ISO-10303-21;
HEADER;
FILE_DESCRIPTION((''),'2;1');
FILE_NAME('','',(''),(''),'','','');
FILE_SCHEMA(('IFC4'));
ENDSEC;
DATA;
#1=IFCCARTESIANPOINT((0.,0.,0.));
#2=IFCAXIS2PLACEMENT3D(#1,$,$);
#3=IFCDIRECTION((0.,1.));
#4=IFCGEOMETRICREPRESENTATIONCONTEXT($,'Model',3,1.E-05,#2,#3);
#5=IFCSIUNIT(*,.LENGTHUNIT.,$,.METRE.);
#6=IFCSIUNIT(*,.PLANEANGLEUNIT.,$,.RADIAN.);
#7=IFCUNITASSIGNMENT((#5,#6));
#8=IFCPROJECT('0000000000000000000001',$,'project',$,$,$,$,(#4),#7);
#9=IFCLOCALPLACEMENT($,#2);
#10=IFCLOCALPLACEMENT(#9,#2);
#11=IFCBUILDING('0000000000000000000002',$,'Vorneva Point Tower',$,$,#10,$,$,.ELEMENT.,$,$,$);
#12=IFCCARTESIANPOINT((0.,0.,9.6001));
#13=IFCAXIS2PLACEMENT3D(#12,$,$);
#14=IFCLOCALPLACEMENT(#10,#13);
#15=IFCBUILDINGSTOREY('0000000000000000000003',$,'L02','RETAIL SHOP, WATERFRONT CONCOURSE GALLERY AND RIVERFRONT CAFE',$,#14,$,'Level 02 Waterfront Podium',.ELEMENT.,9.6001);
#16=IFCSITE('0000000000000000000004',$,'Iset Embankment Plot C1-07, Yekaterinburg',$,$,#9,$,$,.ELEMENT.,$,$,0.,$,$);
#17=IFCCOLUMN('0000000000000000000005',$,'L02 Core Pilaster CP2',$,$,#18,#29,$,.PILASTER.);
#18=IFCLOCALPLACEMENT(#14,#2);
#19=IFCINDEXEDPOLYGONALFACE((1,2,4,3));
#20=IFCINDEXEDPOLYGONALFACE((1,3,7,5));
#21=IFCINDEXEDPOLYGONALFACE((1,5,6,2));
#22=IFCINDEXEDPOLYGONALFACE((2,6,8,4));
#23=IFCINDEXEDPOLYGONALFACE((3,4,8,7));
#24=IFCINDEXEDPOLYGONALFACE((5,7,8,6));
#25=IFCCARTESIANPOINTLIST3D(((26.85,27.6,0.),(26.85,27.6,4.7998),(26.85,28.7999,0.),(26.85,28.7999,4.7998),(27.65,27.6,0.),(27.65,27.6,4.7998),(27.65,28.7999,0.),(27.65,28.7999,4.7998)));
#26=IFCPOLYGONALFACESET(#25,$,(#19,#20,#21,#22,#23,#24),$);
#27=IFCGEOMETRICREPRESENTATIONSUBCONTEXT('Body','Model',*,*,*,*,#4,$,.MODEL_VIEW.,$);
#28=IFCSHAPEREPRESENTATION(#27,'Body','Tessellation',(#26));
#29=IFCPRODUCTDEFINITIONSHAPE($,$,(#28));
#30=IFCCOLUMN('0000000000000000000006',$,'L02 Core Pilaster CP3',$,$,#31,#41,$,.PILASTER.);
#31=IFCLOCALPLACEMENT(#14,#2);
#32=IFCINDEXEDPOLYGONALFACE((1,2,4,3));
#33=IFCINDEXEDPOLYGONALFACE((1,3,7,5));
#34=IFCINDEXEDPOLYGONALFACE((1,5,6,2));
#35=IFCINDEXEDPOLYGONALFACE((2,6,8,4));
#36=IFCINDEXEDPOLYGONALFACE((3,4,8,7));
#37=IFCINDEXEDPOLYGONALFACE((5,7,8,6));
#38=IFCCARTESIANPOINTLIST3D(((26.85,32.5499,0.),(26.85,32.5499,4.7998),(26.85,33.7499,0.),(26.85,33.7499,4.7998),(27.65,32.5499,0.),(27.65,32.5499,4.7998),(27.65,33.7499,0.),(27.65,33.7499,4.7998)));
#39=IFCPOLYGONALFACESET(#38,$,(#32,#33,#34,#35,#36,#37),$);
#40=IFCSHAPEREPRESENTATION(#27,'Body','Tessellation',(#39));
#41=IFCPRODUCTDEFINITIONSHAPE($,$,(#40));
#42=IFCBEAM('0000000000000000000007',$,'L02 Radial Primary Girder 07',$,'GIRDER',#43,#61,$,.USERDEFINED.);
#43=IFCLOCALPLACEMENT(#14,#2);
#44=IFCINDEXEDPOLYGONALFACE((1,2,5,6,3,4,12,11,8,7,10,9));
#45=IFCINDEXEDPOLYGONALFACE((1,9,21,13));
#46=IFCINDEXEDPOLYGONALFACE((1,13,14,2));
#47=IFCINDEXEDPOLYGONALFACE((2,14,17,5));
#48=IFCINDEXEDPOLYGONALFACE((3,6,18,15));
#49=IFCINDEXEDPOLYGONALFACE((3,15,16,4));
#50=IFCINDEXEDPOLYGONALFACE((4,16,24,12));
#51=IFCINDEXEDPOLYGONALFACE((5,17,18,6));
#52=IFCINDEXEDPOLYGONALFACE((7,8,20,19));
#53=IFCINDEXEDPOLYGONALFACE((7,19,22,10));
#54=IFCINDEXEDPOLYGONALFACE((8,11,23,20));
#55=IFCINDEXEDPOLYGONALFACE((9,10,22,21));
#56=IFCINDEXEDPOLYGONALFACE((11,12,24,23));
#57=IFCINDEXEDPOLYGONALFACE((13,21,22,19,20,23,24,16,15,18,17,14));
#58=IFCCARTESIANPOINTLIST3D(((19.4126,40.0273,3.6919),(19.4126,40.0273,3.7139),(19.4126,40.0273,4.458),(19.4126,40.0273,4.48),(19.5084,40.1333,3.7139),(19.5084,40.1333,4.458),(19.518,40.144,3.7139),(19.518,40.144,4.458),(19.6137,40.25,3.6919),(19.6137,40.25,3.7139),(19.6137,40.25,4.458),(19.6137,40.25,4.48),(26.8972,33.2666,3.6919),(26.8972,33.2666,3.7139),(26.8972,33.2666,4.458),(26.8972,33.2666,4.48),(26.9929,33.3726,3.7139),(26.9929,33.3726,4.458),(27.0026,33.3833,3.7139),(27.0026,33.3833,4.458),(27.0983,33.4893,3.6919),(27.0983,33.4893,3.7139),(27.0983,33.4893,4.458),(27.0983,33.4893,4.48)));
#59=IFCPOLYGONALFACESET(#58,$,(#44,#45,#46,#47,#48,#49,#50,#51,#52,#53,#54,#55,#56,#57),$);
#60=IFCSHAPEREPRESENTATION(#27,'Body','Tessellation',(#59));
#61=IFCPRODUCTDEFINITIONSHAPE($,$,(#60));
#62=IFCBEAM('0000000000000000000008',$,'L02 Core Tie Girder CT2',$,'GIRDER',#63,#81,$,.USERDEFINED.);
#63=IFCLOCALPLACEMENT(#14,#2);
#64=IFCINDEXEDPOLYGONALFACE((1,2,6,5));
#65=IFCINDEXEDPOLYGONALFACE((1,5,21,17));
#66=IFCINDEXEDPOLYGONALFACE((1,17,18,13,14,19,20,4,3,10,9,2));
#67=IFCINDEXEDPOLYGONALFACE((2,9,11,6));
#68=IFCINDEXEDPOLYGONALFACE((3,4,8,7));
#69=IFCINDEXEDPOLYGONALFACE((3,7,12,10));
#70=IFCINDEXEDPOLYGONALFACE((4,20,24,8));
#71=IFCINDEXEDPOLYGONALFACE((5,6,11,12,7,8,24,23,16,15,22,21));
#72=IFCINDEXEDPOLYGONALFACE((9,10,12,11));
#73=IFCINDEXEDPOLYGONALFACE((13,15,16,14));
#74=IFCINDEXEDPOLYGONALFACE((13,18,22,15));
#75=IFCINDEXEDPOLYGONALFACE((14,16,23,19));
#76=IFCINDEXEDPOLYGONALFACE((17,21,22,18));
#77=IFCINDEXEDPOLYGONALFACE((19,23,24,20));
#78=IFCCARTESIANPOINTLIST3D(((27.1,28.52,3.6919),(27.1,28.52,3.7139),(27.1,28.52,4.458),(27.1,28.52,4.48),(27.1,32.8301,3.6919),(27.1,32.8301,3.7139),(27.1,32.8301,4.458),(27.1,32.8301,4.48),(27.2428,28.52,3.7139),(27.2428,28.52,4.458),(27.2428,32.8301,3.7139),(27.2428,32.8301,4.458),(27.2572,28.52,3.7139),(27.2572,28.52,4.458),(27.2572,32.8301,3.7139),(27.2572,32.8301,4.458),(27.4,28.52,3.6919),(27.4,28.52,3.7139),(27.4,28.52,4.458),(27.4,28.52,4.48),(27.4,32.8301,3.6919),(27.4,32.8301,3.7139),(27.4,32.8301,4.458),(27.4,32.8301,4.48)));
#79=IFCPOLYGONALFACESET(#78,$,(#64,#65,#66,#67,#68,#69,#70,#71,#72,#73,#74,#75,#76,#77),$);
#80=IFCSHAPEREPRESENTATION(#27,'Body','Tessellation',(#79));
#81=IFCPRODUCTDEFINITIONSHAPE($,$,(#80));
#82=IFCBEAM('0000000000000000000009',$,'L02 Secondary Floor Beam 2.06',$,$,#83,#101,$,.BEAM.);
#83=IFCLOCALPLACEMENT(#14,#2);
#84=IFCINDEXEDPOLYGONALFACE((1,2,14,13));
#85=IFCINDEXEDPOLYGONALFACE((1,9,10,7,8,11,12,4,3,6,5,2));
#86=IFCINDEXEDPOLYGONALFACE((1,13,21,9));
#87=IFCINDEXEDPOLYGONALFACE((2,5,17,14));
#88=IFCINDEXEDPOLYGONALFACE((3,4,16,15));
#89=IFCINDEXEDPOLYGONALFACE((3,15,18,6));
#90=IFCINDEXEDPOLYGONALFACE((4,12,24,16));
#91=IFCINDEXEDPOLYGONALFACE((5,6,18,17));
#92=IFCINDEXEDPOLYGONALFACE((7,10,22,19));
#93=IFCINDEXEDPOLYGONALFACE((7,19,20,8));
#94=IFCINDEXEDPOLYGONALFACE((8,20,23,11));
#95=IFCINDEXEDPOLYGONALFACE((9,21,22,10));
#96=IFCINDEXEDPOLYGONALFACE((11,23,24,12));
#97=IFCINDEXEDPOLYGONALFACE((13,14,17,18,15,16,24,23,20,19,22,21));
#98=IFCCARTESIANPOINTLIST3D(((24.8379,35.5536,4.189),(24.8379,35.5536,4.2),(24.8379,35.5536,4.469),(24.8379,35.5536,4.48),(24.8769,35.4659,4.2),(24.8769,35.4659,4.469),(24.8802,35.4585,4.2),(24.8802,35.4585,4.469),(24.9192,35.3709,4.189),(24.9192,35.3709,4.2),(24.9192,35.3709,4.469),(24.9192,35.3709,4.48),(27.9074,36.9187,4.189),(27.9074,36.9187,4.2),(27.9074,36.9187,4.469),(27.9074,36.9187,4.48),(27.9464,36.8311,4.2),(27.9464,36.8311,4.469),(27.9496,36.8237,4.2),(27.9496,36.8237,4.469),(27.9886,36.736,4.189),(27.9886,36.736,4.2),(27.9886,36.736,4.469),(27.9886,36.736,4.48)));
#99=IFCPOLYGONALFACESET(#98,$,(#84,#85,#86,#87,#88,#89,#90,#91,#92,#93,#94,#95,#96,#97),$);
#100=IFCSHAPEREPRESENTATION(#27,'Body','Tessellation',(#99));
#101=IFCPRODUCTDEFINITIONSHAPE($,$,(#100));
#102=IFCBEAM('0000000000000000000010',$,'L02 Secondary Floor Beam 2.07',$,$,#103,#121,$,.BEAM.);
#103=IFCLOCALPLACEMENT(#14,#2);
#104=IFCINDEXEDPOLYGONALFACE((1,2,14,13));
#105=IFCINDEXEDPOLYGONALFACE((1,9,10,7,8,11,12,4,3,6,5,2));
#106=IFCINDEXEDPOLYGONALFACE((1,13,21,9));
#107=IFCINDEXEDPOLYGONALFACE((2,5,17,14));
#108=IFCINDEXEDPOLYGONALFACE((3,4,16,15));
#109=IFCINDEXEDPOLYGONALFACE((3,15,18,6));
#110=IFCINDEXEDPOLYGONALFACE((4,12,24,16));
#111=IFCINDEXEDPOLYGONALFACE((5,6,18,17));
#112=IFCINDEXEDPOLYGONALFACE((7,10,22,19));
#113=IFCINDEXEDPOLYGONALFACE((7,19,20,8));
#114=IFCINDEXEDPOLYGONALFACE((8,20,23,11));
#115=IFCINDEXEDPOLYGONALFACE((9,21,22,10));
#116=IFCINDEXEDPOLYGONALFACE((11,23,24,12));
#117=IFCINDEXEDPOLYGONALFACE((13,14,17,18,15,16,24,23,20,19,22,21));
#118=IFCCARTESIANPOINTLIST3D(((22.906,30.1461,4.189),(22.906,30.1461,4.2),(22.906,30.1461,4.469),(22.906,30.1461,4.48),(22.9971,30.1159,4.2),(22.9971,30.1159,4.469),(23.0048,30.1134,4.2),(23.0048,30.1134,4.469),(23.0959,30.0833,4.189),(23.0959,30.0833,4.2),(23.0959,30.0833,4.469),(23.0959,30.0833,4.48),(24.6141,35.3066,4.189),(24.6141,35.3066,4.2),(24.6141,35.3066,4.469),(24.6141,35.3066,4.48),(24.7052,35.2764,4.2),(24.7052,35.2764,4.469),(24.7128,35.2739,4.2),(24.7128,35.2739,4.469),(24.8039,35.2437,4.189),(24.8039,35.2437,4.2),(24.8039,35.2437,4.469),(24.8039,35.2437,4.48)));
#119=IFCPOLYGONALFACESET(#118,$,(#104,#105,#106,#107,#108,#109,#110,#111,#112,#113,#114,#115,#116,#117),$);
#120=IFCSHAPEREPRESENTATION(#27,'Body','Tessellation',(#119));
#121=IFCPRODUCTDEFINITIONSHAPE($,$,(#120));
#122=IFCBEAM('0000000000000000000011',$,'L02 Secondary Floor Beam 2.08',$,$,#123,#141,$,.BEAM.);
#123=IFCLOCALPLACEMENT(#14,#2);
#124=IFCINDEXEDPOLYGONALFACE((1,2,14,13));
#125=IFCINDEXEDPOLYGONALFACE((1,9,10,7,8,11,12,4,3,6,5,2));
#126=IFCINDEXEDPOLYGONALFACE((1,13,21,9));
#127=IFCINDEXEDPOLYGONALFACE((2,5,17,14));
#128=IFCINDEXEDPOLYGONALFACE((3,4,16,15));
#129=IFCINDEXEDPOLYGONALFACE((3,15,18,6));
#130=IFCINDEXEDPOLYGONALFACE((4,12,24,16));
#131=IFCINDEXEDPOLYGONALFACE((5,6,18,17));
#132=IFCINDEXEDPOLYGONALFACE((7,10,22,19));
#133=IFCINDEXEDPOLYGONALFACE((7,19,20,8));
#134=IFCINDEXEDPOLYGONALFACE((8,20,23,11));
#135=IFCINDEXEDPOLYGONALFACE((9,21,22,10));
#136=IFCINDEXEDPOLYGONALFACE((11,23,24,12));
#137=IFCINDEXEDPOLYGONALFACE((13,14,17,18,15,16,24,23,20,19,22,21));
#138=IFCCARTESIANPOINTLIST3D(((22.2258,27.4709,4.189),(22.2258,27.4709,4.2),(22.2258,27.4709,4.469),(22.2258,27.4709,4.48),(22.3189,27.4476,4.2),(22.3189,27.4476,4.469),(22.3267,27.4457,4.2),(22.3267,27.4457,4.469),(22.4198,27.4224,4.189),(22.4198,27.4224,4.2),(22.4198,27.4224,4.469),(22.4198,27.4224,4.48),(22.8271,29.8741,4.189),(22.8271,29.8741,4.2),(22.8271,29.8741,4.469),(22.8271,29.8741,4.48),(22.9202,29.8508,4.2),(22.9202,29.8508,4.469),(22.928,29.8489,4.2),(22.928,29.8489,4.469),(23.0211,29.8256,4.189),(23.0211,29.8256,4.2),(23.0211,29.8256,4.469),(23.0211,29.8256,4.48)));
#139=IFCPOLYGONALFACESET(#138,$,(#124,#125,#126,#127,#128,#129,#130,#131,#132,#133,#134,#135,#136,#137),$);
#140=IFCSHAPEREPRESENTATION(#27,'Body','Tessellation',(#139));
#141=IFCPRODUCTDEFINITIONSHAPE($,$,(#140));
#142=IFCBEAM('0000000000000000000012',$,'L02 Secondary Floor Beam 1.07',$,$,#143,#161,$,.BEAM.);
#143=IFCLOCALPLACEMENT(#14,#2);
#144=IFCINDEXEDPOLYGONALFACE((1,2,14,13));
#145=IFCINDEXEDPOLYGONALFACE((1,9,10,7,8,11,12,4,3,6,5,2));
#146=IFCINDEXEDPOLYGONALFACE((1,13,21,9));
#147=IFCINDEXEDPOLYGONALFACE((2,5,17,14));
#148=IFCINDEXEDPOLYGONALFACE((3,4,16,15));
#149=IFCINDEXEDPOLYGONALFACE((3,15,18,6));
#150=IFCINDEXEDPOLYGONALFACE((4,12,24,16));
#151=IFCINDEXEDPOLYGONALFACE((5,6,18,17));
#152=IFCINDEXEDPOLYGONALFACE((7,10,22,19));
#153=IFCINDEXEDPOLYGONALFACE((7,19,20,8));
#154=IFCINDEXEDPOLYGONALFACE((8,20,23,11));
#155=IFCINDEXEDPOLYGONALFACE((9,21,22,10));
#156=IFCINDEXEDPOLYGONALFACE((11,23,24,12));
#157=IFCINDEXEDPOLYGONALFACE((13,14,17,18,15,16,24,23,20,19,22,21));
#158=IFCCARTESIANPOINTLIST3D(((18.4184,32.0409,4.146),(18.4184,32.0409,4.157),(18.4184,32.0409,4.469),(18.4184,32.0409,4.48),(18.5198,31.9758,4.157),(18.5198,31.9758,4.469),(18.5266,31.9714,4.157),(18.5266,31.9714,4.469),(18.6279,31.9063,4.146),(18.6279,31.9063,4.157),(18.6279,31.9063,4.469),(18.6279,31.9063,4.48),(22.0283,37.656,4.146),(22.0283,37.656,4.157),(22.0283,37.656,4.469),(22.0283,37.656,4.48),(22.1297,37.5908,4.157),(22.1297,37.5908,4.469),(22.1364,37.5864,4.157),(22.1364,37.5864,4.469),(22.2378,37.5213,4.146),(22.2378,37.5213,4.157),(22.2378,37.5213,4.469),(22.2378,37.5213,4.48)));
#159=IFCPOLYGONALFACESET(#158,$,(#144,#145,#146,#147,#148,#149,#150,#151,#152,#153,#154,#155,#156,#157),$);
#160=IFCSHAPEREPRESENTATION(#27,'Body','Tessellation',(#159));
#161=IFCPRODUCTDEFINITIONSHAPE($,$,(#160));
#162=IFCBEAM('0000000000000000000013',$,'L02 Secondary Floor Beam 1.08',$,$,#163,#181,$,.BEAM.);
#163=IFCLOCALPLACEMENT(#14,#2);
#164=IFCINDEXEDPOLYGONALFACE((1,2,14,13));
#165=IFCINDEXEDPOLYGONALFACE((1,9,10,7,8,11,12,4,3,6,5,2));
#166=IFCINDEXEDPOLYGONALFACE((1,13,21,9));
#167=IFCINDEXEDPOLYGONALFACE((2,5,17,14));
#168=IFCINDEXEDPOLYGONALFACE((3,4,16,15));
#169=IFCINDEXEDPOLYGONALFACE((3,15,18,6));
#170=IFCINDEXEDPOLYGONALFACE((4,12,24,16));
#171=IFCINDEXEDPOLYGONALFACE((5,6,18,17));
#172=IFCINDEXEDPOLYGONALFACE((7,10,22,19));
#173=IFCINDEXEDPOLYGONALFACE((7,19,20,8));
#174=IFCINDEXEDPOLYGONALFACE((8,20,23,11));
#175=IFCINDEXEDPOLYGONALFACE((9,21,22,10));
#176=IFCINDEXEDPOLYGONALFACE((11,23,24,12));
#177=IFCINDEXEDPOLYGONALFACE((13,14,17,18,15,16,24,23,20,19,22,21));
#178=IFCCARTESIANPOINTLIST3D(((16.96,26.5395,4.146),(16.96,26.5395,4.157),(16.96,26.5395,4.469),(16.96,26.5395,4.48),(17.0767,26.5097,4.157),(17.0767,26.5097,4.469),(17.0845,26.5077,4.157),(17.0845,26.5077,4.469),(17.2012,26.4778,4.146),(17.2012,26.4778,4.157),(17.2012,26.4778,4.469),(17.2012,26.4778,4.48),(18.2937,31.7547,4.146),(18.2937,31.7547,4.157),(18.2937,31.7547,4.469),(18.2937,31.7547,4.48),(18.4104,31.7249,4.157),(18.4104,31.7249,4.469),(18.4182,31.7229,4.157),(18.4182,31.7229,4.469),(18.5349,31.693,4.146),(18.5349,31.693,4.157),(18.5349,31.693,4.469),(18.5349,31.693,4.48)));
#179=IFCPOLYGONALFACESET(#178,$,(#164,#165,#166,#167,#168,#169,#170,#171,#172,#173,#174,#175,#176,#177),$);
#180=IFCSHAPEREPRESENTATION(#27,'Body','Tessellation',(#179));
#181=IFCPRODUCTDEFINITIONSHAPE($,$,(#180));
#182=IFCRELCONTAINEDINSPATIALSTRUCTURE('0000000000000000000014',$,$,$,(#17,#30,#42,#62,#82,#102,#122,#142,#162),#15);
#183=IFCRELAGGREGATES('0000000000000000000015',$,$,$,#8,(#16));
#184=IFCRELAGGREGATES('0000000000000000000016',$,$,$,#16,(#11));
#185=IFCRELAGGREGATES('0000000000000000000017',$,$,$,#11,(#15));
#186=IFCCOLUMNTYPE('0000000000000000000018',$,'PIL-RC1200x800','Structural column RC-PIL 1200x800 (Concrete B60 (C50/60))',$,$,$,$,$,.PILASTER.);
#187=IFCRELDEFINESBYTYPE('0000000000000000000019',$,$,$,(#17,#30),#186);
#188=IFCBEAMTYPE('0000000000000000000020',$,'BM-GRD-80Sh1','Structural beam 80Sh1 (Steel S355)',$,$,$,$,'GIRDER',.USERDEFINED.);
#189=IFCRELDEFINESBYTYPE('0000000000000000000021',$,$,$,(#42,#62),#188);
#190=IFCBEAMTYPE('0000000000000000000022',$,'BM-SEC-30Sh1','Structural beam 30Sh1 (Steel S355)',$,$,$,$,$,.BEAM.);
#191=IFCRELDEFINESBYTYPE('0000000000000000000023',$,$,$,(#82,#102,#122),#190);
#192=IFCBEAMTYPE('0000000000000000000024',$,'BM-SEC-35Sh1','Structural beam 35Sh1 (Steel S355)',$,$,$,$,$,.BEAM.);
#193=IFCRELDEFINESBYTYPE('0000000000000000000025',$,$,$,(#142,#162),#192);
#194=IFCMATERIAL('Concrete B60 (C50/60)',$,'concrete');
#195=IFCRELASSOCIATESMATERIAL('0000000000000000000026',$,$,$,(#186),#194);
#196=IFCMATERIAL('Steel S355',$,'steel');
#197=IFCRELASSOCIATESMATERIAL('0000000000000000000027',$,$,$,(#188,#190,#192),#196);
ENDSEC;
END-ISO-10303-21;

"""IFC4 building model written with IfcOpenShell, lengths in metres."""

from ifc_helpers import new_model, si_unit, direction, frame, origin, origin_2d, place, context, subcontext, project, spatial, rectangle, i_section, extrude, material, material_profile, profile_set, type_object, element, save


model = new_model("IFC4")

# Units and contexts
model_context = context("Model", 3, precision=1e-05, world=origin(), true_north=direction((0.0, 1.0)))
body_context = subcontext(model_context, "Body", "Model", "MODEL_VIEW")
ifc_project = project(units=[si_unit("LENGTHUNIT", "METRE"), si_unit("PLANEANGLEUNIT", "RADIAN")], contexts=[model_context])

# Site, building, storey
site_placement = place(None, origin())
site = spatial("IfcSite", under=ifc_project, at=site_placement, Name="Iset Embankment Plot C1-07, Yekaterinburg", CompositionType="ELEMENT", RefElevation=0.0)
building_placement = place(site_placement, origin())
building = spatial("IfcBuilding", under=site, at=building_placement, Name="Vorneva Point Tower", CompositionType="ELEMENT")
storey_placement = place(building_placement, frame((0.0, 0.0, 9.6001)))
storey = spatial("IfcBuildingStorey", under=building, at=storey_placement, Name="L02", Description="RETAIL SHOP, WATERFRONT CONCOURSE GALLERY AND RIVERFRONT CAFE", LongName="Level 02 Waterfront Podium", CompositionType="ELEMENT", Elevation=9.6001)

# Columns
ifc_material_1 = material(Name="Concrete B60 (C50/60)", Category="concrete")
ifc_material_profile_1 = material_profile(ifc_material_1, rectangle(XDim=0.8, YDim=1.2, at=origin_2d()), Name="RC-PIL 1200x800")
ifc_profile_set_1 = profile_set([ifc_material_profile_1], Name="Concrete B60 (C50/60)")
column_type_1 = type_object("IfcColumnType", Name="PIL-RC1200x800", Description="Structural column RC-PIL 1200x800 (Concrete B60 (C50/60))", PredefinedType="PILASTER", material=ifc_profile_set_1)
for number, where, z_axis, x_axis, name in (
    (1, (27.25, 28.2, 0.0), (0.0, 0.0, 1.0), (1.0, 0.0, 0.0), "L02 Core Pilaster CP2"),
    (2, (27.25, 33.1499, 0.0), (0.0, 0.0, 1.0), (1.0, 0.0, 0.0), "L02 Core Pilaster CP3"),
):
    element("IfcColumn", number, at=place(storey_placement, frame(where, z_axis=z_axis, x_axis=x_axis)), inside=storey, type_object=column_type_1, Name=name, PredefinedType="PILASTER", context=body_context, shape_type="SweptSolid", body=[
        extrude(rectangle(XDim=0.8, YDim=1.2, at=origin_2d()), origin(), (0.0, 0.0, 1.0), 4.7998),
    ])

# Beams
ifc_material_2 = material(Name="Steel S355", Category="steel")
ifc_material_profile_2 = material_profile(ifc_material_2, i_section(OverallWidth=0.3, OverallDepth=0.7881, WebThickness=0.0144, FlangeThickness=0.022, at=origin_2d()), Name="80Sh1")
ifc_profile_set_2 = profile_set([ifc_material_profile_2], Name="Steel S355")
beam_type_1 = type_object("IfcBeamType", Name="BM-GRD-80Sh1", Description="Structural beam 80Sh1 (Steel S355)", ElementType="GIRDER", PredefinedType="USERDEFINED", material=ifc_profile_set_2)
beam_1_placement = place(storey_placement, frame((19.5132, 40.1387, 4.0859), z_axis=(0.742081, -0.67031, 0.0), x_axis=(0.67031, 0.742081, 0.0)))
element("IfcBeam", 3, at=beam_1_placement, inside=storey, type_object=beam_type_1, Name="L02 Radial Primary Girder 07", ObjectType="GIRDER", PredefinedType="USERDEFINED", context=body_context, shape_type="SweptSolid", body=[
    extrude(i_section(OverallWidth=0.3, OverallDepth=0.7881, WebThickness=0.0144, FlangeThickness=0.022, at=origin_2d()), origin(), (0.0, 0.0, 1.0), 10.0859),
])
beam_2_placement = place(storey_placement, frame((27.25, 28.52, 4.0859), z_axis=(0.0, 1.0, 0.0), x_axis=(-1.0, 0.0, 0.0)))
element("IfcBeam", 4, at=beam_2_placement, inside=storey, type_object=beam_type_1, Name="L02 Core Tie Girder CT2", ObjectType="GIRDER", PredefinedType="USERDEFINED", context=body_context, shape_type="SweptSolid", body=[
    extrude(i_section(OverallWidth=0.3, OverallDepth=0.7881, WebThickness=0.0144, FlangeThickness=0.022, at=origin_2d()), origin(), (0.0, 0.0, 1.0), 4.3101),
])
ifc_material_profile_3 = material_profile(ifc_material_2, i_section(OverallWidth=0.2, OverallDepth=0.291, WebThickness=0.0081, FlangeThickness=0.011, at=origin_2d()), Name="30Sh1")
ifc_profile_set_3 = profile_set([ifc_material_profile_3], Name="Steel S355")
beam_type_2 = type_object("IfcBeamType", Name="BM-SEC-30Sh1", Description="Structural beam 30Sh1 (Steel S355)", PredefinedType="BEAM", material=ifc_profile_set_3)
beam_3_placement = place(storey_placement, frame((27.948, 36.8274, 4.3345), z_axis=(-0.913704, -0.406381, 0.0), x_axis=(0.406381, -0.913704, 0.0)))
element("IfcBeam", 5, at=beam_3_placement, inside=storey, type_object=beam_type_2, Name="L02 Secondary Floor Beam 2.06", PredefinedType="BEAM", context=body_context, shape_type="SweptSolid", body=[
    extrude(i_section(OverallWidth=0.2, OverallDepth=0.291, WebThickness=0.0081, FlangeThickness=0.011, at=origin_2d()), origin(), (0.0, 0.0, 1.0), 3.3594),
])
beam_4_placement = place(storey_placement, frame((24.709, 35.2751, 4.3345), z_axis=(-0.314219, -0.94935, 0.0), x_axis=(0.94935, -0.314219, 0.0)))
element("IfcBeam", 6, at=beam_4_placement, inside=storey, type_object=beam_type_2, Name="L02 Secondary Floor Beam 2.07", PredefinedType="BEAM", context=body_context, shape_type="SweptSolid", body=[
    extrude(i_section(OverallWidth=0.2, OverallDepth=0.291, WebThickness=0.0081, FlangeThickness=0.011, at=origin_2d()), origin(), (0.0, 0.0, 1.0), 5.4358),
])
beam_5_placement = place(storey_placement, frame((22.9241, 29.8499, 4.3345), z_axis=(-0.242721, -0.970096, 0.0), x_axis=(0.970096, -0.242721, 0.0)))
element("IfcBeam", 7, at=beam_5_placement, inside=storey, type_object=beam_type_2, Name="L02 Secondary Floor Beam 2.08", PredefinedType="BEAM", context=body_context, shape_type="SweptSolid", body=[
    extrude(i_section(OverallWidth=0.2, OverallDepth=0.291, WebThickness=0.0081, FlangeThickness=0.011, at=origin_2d()), origin(), (0.0, 0.0, 1.0), 2.4773),
])
ifc_material_profile_4 = material_profile(ifc_material_2, i_section(OverallWidth=0.249, OverallDepth=0.334, WebThickness=0.0081, FlangeThickness=0.011, at=origin_2d()), Name="35Sh1")
ifc_profile_set_4 = profile_set([ifc_material_profile_4], Name="Steel S355")
beam_type_3 = type_object("IfcBeamType", Name="BM-SEC-35Sh1", Description="Structural beam 35Sh1 (Steel S355)", PredefinedType="BEAM", material=ifc_profile_set_4)
beam_6_placement = place(storey_placement, frame((22.1331, 37.5886, 4.313), z_axis=(-0.540782, -0.841163, 0.0), x_axis=(0.841163, -0.540782, 0.0)))
element("IfcBeam", 8, at=beam_6_placement, inside=storey, type_object=beam_type_3, Name="L02 Secondary Floor Beam 1.07", PredefinedType="BEAM", context=body_context, shape_type="SweptSolid", body=[
    extrude(i_section(OverallWidth=0.249, OverallDepth=0.334, WebThickness=0.0081, FlangeThickness=0.011, at=origin_2d()), origin(), (0.0, 0.0, 1.0), 6.6753),
])
beam_7_placement = place(storey_placement, frame((18.4143, 31.7239, 4.313), z_axis=(-0.247761, -0.968821, 0.0), x_axis=(0.968821, -0.247761, 0.0)))
element("IfcBeam", 9, at=beam_7_placement, inside=storey, type_object=beam_type_3, Name="L02 Secondary Floor Beam 1.08", PredefinedType="BEAM", context=body_context, shape_type="SweptSolid", body=[
    extrude(i_section(OverallWidth=0.249, OverallDepth=0.334, WebThickness=0.0081, FlangeThickness=0.011, at=origin_2d()), origin(), (0.0, 0.0, 1.0), 5.3831),
])

save(model, "model.ifc")
